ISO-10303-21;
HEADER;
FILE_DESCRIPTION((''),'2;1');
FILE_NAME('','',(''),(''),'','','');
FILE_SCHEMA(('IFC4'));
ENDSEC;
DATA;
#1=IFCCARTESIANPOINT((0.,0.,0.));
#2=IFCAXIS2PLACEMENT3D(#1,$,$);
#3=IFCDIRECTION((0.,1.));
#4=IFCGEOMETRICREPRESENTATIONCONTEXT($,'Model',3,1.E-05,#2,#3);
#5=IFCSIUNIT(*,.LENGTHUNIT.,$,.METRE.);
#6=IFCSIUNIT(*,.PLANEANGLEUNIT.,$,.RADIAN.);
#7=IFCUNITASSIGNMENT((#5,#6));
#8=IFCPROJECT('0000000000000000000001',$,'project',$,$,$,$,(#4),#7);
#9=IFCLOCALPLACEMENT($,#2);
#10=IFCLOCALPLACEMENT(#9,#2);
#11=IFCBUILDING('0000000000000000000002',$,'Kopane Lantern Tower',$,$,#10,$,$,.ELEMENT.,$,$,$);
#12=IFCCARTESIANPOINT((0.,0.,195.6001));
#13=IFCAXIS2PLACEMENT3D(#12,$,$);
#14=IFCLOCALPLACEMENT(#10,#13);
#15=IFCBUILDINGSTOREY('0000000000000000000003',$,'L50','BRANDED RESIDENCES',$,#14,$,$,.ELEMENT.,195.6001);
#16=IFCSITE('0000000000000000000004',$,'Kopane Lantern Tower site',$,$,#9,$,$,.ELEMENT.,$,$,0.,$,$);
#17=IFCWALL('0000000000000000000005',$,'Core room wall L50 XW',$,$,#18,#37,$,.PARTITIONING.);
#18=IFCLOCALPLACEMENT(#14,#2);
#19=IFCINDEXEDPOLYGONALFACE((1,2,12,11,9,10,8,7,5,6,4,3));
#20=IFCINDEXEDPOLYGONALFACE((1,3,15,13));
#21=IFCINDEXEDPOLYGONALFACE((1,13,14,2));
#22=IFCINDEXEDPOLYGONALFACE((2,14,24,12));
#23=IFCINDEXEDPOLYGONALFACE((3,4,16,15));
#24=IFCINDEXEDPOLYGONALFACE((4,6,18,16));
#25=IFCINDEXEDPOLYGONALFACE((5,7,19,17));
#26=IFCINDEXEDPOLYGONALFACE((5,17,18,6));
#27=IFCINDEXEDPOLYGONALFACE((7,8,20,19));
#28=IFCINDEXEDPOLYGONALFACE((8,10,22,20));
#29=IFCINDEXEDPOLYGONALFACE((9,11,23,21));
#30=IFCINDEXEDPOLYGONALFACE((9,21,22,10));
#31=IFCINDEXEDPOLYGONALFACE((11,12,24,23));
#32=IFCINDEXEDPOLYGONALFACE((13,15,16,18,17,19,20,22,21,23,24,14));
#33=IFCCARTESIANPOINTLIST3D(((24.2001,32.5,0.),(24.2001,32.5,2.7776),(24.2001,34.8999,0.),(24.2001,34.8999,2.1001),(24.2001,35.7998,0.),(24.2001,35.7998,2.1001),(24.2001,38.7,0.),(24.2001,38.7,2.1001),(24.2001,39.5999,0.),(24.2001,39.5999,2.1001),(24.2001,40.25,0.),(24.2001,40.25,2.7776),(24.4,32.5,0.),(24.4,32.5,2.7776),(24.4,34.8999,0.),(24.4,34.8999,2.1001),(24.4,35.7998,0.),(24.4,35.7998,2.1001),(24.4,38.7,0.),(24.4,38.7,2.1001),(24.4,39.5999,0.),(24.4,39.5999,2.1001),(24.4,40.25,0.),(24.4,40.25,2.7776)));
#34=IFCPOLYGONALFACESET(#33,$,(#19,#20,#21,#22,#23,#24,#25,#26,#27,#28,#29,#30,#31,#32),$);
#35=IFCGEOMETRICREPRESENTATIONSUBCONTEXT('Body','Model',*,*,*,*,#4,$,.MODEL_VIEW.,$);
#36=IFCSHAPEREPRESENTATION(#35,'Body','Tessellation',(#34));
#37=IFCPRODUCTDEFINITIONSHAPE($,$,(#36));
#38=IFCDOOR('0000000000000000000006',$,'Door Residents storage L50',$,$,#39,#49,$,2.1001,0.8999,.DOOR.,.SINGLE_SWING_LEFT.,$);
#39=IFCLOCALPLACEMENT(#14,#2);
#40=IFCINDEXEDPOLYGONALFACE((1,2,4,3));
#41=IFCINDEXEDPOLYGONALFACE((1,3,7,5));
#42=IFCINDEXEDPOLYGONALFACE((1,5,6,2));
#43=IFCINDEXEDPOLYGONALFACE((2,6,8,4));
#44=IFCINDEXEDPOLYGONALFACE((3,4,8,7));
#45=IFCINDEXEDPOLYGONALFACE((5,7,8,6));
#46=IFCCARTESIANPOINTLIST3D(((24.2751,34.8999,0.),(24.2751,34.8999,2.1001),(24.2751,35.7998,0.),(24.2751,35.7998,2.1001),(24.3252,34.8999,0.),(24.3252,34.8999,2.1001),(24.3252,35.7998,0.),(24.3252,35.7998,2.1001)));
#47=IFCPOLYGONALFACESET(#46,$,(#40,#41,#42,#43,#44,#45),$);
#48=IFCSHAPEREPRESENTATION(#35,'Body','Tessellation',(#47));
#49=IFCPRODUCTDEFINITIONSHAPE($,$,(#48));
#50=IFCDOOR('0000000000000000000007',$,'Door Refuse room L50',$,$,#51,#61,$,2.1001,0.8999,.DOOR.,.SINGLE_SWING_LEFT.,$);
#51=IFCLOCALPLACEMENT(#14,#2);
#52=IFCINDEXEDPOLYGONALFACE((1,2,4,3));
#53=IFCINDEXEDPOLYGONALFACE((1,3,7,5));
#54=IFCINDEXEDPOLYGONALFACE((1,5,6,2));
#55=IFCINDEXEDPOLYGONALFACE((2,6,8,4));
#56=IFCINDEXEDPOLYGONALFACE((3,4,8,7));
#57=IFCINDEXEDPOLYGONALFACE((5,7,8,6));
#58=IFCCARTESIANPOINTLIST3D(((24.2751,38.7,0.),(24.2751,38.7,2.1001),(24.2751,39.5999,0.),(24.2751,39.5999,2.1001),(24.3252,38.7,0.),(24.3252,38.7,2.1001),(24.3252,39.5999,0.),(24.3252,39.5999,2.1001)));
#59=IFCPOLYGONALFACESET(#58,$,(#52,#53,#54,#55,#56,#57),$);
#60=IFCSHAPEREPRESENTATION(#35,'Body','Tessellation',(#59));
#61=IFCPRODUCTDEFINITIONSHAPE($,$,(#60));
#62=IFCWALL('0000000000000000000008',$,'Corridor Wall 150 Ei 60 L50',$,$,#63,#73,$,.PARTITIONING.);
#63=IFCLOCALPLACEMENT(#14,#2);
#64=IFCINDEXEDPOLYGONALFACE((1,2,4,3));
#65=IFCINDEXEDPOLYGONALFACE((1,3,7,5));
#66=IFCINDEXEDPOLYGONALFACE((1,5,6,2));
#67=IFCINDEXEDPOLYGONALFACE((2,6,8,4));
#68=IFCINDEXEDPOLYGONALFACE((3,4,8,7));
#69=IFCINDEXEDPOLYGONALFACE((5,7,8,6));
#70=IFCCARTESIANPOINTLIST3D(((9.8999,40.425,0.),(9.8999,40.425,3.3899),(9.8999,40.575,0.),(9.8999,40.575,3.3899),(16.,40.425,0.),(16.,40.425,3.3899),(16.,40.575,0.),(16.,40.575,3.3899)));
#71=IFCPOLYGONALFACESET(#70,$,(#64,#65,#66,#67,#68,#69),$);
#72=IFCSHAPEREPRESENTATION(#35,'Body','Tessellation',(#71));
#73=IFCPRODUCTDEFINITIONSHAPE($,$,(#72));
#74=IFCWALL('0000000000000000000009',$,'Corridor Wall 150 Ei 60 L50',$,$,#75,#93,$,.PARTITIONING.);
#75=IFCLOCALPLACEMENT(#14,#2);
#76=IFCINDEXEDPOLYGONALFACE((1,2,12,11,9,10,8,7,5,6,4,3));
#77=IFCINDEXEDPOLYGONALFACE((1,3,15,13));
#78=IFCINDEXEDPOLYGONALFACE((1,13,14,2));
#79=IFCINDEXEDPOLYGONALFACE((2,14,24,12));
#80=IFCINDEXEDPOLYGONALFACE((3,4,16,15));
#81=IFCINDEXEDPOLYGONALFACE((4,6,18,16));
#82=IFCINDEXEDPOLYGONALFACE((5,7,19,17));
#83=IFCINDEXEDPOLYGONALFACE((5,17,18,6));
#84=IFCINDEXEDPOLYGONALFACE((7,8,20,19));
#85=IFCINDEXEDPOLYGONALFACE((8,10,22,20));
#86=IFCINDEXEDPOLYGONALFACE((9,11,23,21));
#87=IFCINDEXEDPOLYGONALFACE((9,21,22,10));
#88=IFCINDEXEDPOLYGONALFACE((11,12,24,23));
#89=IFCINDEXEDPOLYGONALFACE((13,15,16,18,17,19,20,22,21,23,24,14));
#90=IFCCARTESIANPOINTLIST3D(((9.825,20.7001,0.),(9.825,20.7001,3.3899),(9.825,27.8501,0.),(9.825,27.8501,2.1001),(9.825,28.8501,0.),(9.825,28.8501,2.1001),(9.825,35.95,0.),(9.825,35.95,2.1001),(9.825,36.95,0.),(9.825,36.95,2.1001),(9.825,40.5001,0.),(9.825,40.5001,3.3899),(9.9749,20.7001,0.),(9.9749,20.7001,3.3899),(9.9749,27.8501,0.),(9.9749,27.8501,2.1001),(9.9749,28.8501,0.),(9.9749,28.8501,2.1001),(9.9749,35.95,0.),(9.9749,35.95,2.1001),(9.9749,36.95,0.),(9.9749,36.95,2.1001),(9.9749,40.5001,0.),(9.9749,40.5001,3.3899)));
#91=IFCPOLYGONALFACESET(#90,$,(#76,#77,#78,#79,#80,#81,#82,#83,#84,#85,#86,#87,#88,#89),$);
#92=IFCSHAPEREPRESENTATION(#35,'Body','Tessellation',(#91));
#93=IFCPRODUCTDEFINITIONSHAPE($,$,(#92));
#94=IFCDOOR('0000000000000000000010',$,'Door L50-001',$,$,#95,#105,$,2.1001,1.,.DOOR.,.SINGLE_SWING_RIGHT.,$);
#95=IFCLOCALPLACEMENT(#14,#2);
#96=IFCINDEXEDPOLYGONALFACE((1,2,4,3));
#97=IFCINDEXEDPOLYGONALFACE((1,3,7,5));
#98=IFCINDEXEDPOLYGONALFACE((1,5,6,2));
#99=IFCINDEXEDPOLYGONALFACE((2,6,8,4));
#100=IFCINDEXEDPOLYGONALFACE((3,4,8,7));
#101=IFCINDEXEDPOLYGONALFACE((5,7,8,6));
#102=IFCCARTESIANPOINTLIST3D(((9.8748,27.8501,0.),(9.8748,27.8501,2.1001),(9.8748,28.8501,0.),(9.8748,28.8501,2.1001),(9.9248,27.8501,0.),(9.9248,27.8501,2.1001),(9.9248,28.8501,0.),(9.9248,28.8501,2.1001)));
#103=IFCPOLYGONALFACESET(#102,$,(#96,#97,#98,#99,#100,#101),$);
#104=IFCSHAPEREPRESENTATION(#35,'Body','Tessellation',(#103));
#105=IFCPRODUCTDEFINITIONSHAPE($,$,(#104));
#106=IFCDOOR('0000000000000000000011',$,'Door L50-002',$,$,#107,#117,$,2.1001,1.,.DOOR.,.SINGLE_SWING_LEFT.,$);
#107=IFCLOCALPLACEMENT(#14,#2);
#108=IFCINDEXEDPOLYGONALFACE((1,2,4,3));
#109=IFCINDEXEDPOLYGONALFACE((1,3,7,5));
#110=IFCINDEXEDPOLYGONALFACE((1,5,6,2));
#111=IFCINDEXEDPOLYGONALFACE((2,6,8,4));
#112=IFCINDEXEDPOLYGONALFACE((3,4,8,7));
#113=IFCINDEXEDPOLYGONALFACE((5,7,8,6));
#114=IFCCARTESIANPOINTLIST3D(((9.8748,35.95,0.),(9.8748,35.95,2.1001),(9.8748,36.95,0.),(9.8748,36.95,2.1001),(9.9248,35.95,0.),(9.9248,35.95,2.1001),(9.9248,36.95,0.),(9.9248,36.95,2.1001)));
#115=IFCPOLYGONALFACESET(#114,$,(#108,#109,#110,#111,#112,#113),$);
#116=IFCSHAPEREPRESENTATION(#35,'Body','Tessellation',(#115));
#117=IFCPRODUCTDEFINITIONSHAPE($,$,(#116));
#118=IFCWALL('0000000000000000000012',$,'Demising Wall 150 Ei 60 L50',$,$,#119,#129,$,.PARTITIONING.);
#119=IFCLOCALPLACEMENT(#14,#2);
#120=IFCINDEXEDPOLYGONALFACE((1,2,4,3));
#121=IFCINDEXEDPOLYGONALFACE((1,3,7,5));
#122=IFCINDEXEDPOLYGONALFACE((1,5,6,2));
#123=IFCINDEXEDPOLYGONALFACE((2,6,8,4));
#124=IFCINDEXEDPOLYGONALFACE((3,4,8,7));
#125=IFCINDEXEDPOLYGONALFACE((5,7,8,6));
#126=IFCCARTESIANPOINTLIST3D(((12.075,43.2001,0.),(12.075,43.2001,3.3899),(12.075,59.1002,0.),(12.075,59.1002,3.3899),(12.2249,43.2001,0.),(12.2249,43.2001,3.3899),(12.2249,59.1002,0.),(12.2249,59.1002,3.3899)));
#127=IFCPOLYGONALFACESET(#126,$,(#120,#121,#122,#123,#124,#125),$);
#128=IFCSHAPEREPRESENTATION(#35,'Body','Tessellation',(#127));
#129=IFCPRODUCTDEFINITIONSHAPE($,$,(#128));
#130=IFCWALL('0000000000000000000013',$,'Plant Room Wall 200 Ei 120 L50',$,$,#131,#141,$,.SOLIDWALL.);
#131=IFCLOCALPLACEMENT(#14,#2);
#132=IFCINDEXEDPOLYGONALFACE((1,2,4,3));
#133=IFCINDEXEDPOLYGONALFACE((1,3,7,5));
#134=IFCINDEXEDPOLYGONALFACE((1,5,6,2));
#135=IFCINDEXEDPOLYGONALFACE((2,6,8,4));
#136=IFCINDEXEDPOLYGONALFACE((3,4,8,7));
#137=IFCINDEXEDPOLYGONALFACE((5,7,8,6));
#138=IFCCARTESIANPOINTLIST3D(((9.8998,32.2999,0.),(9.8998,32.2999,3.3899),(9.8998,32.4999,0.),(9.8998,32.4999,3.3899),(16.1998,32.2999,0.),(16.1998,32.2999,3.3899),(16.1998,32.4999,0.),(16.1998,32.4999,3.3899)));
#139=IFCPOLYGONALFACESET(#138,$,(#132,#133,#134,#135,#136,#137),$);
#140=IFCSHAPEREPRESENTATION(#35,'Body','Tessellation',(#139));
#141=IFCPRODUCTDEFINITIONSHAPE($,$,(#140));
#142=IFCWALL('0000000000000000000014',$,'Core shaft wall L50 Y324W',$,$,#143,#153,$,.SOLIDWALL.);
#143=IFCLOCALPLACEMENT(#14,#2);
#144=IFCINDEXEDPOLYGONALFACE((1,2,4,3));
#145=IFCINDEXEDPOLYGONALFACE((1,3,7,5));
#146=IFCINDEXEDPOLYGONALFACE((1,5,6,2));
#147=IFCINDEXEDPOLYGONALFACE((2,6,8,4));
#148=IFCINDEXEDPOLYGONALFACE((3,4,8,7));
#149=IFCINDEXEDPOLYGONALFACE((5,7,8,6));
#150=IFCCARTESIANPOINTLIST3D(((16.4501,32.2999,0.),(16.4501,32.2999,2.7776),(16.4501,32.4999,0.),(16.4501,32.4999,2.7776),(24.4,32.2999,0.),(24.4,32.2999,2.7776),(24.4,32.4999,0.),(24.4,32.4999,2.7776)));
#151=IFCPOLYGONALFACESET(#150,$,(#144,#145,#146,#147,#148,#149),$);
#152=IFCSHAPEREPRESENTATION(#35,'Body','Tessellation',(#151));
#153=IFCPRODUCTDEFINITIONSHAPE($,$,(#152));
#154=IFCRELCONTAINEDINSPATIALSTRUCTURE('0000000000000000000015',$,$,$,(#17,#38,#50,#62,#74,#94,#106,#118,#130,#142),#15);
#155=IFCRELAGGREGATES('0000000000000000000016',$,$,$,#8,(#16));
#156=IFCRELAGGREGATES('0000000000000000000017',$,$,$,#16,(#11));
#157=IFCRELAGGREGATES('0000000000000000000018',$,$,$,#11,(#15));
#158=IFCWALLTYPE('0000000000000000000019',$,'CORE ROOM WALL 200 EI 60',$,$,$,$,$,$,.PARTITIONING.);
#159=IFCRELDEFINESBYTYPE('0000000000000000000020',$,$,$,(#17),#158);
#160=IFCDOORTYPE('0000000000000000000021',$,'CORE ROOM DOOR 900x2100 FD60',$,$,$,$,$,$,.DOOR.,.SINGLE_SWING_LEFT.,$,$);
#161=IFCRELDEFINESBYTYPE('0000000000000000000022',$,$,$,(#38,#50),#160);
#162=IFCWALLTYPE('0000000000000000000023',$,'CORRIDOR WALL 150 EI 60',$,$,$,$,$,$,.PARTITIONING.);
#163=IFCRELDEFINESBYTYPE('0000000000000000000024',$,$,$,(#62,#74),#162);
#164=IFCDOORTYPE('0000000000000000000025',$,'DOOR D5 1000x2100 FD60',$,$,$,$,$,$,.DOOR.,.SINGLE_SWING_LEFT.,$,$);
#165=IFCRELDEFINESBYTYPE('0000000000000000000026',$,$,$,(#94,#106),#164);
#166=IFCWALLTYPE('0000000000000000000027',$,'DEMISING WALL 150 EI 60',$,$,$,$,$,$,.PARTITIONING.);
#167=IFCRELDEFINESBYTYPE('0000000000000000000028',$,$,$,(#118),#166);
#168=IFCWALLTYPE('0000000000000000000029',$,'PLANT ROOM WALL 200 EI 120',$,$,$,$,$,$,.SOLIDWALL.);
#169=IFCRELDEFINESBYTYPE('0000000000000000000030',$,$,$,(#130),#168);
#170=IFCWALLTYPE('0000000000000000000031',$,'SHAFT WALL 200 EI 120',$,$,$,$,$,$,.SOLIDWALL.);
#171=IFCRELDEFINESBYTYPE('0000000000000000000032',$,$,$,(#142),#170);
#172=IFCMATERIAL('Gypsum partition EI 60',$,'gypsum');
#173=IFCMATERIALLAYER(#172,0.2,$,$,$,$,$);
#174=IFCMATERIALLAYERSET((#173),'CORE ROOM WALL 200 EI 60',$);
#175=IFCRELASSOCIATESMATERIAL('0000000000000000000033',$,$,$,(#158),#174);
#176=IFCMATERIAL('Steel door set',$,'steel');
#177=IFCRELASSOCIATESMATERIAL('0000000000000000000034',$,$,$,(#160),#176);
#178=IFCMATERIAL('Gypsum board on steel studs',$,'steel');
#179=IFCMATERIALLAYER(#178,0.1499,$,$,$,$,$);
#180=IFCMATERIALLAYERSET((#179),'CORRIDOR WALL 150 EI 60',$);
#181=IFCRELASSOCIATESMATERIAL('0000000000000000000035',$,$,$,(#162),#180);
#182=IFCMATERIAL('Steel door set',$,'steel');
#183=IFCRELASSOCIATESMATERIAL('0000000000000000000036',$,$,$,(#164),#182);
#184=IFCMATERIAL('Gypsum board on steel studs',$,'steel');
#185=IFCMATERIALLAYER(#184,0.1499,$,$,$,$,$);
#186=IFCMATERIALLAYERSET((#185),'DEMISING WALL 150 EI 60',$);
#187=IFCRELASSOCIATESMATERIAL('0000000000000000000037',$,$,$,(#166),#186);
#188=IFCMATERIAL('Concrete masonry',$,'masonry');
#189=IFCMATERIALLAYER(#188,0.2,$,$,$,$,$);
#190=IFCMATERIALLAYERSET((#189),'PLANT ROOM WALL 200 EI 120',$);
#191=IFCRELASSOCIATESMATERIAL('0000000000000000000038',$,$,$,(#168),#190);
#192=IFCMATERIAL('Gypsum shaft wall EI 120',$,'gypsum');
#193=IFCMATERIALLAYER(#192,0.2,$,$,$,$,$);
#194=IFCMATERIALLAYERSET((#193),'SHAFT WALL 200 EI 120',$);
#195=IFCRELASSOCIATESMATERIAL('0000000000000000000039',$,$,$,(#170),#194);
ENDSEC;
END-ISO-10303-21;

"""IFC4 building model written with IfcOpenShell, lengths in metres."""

from ifc_helpers import new_model, si_unit, direction, frame, frame_2d, origin, place, context, subcontext, project, spatial, rectangle, extrude, material, layer, layer_set, type_object, element, fill, save


model = new_model("IFC4")

# Units and contexts
model_context = context("Model", 3, precision=1e-05, world=origin(), true_north=direction((0.0, 1.0)))
body_context = subcontext(model_context, "Body", "Model", "MODEL_VIEW")
ifc_project = project(units=[si_unit("LENGTHUNIT", "METRE"), si_unit("PLANEANGLEUNIT", "RADIAN")], contexts=[model_context])

# Site, building, storey
site_placement = place(None, origin())
site = spatial("IfcSite", under=ifc_project, at=site_placement, Name="Kopane Lantern Tower site", CompositionType="ELEMENT", RefElevation=0.0)
building_placement = place(site_placement, origin())
building = spatial("IfcBuilding", under=site, at=building_placement, Name="Kopane Lantern Tower", CompositionType="ELEMENT")
storey_placement = place(building_placement, frame((0.0, 0.0, 195.6001)))
storey = spatial("IfcBuildingStorey", under=building, at=storey_placement, Name="L50", Description="BRANDED RESIDENCES", CompositionType="ELEMENT", Elevation=195.6001)

# Wall, openings, doors
ifc_material_1 = material(Name="Gypsum partition EI 60", Category="gypsum")
ifc_layer_1 = layer(ifc_material_1, 0.2)
ifc_layer_set_1 = layer_set([ifc_layer_1], Name="CORE ROOM WALL 200 EI 60")
wall_type_1 = type_object("IfcWallType", Name="CORE ROOM WALL 200 EI 60", PredefinedType="PARTITIONING", material=ifc_layer_set_1)
wall_1_placement = place(storey_placement, frame((24.3, 32.5, 0.0), z_axis=(0.0, 0.0, 1.0), x_axis=(0.0, 1.0, 0.0)))
wall_1 = element("IfcWall", 1, at=wall_1_placement, inside=storey, type_object=wall_type_1, Name="Core room wall L50 XW", PredefinedType="PARTITIONING", context=body_context, shape_type="SweptSolid", body=[
    extrude(rectangle(XDim=7.75, YDim=0.2, at=frame_2d((3.875, 0.0))), origin(), (0.0, 0.0, 1.0), 2.7776),
])
opening_1_placement = place(wall_1_placement, frame((2.3999, 0.0, 0.0)))
opening_1 = element("IfcOpeningElement", 2, at=opening_1_placement, cuts=wall_1, PredefinedType="OPENING", context=body_context, shape_type="SweptSolid", body=[
    extrude(rectangle(XDim=0.8999, YDim=2.1001, at=frame_2d((0.45, 1.05))), frame((0.0, 0.1099, 0.0), z_axis=(0.0, -1.0, 0.0), x_axis=(1.0, 0.0, 0.0)), (0.0, 0.0, 1.0), 0.22),
])
opening_2_placement = place(wall_1_placement, frame((6.2, 0.0, 0.0)))
opening_2 = element("IfcOpeningElement", 3, at=opening_2_placement, cuts=wall_1, PredefinedType="OPENING", context=body_context, shape_type="SweptSolid", body=[
    extrude(rectangle(XDim=0.8999, YDim=2.1001, at=frame_2d((0.45, 1.05))), frame((0.0, 0.1099, 0.0), z_axis=(0.0, -1.0, 0.0), x_axis=(1.0, 0.0, 0.0)), (0.0, 0.0, 1.0), 0.22),
])
ifc_material_2 = material(Name="Steel door set", Category="steel")
door_type_1 = type_object("IfcDoorType", Name="CORE ROOM DOOR 900x2100 FD60", OperationType="SINGLE_SWING_LEFT", PredefinedType="DOOR", material=ifc_material_2)
door_1_placement = place(opening_1_placement, origin())
door_1 = element("IfcDoor", 4, at=door_1_placement, inside=storey, type_object=door_type_1, Name="Door Residents storage L50", OperationType="SINGLE_SWING_LEFT", OverallHeight=2.1001, OverallWidth=0.8999, PredefinedType="DOOR", context=body_context, shape_type="SweptSolid", body=[
    extrude(rectangle(XDim=0.8999, YDim=2.1001, at=frame_2d((0.45, 1.05))), frame((0.0, 0.0249, 0.0), z_axis=(0.0, -1.0, 0.0), x_axis=(1.0, 0.0, 0.0)), (0.0, 0.0, 1.0), 0.05),
])
fill(opening_1, door_1)
door_2_placement = place(opening_2_placement, origin())
door_2 = element("IfcDoor", 5, at=door_2_placement, inside=storey, type_object=door_type_1, Name="Door Refuse room L50", OperationType="SINGLE_SWING_LEFT", OverallHeight=2.1001, OverallWidth=0.8999, PredefinedType="DOOR", context=body_context, shape_type="SweptSolid", body=[
    extrude(rectangle(XDim=0.8999, YDim=2.1001, at=frame_2d((0.45, 1.05))), frame((0.0, 0.0249, 0.0), z_axis=(0.0, -1.0, 0.0), x_axis=(1.0, 0.0, 0.0)), (0.0, 0.0, 1.0), 0.05),
])
fill(opening_2, door_2)

# Wall
ifc_material_3 = material(Name="Gypsum board on steel studs", Category="steel")
ifc_layer_2 = layer(ifc_material_3, 0.1499)
ifc_layer_set_2 = layer_set([ifc_layer_2], Name="CORRIDOR WALL 150 EI 60")
wall_type_2 = type_object("IfcWallType", Name="CORRIDOR WALL 150 EI 60", PredefinedType="PARTITIONING", material=ifc_layer_set_2)
wall_2_placement = place(storey_placement, frame((16.0, 40.5, 0.0), z_axis=(0.0, 0.0, 1.0), x_axis=(-1.0, 0.0, 0.0)))
element("IfcWall", 6, at=wall_2_placement, inside=storey, type_object=wall_type_2, Name="Corridor Wall 150 Ei 60 L50", PredefinedType="PARTITIONING", context=body_context, shape_type="SweptSolid", body=[
    extrude(rectangle(XDim=6.1001, YDim=0.1499, at=frame_2d((3.05, 0.0))), origin(), (0.0, 0.0, 1.0), 3.3899),
])

# Wall, openings, doors
wall_3_placement = place(storey_placement, frame((9.8999, 40.5, 0.0), z_axis=(0.0, 0.0, 1.0), x_axis=(0.0, -1.0, 0.0)))
wall_3 = element("IfcWall", 7, at=wall_3_placement, inside=storey, type_object=wall_type_2, Name="Corridor Wall 150 Ei 60 L50", PredefinedType="PARTITIONING", context=body_context, shape_type="SweptSolid", body=[
    extrude(rectangle(XDim=19.8, YDim=0.1499, at=frame_2d((9.8999, 0.0))), origin(), (0.0, 0.0, 1.0), 3.3899),
])
opening_3_placement = place(wall_3_placement, frame((11.6499, 0.0, 0.0)))
opening_3 = element("IfcOpeningElement", 8, at=opening_3_placement, cuts=wall_3, PredefinedType="OPENING", context=body_context, shape_type="SweptSolid", body=[
    extrude(rectangle(XDim=1.0, YDim=2.1001, at=frame_2d((0.5, 1.05))), frame((0.0, 0.085, 0.0), z_axis=(0.0, -1.0, 0.0), x_axis=(1.0, 0.0, 0.0)), (0.0, 0.0, 1.0), 0.1699),
])
opening_4_placement = place(wall_3_placement, frame((3.55, 0.0, 0.0)))
opening_4 = element("IfcOpeningElement", 9, at=opening_4_placement, cuts=wall_3, PredefinedType="OPENING", context=body_context, shape_type="SweptSolid", body=[
    extrude(rectangle(XDim=1.0, YDim=2.1001, at=frame_2d((0.5, 1.05))), frame((0.0, 0.085, 0.0), z_axis=(0.0, -1.0, 0.0), x_axis=(1.0, 0.0, 0.0)), (0.0, 0.0, 1.0), 0.1699),
])
ifc_material_4 = material(Name="Steel door set", Category="steel")
door_type_2 = type_object("IfcDoorType", Name="DOOR D5 1000x2100 FD60", OperationType="SINGLE_SWING_LEFT", PredefinedType="DOOR", material=ifc_material_4)
door_3_placement = place(opening_3_placement, origin())
door_3 = element("IfcDoor", 10, at=door_3_placement, inside=storey, type_object=door_type_2, Name="Door L50-001", OperationType="SINGLE_SWING_RIGHT", OverallHeight=2.1001, OverallWidth=1.0, PredefinedType="DOOR", context=body_context, shape_type="SweptSolid", body=[
    extrude(rectangle(XDim=1.0, YDim=2.1001, at=frame_2d((0.5, 1.05))), frame((0.0, 0.0249, 0.0), z_axis=(0.0, -1.0, 0.0), x_axis=(1.0, 0.0, 0.0)), (0.0, 0.0, 1.0), 0.05),
])
fill(opening_3, door_3)
door_4_placement = place(opening_4_placement, origin())
door_4 = element("IfcDoor", 11, at=door_4_placement, inside=storey, type_object=door_type_2, Name="Door L50-002", OperationType="SINGLE_SWING_LEFT", OverallHeight=2.1001, OverallWidth=1.0, PredefinedType="DOOR", context=body_context, shape_type="SweptSolid", body=[
    extrude(rectangle(XDim=1.0, YDim=2.1001, at=frame_2d((0.5, 1.05))), frame((0.0, 0.0249, 0.0), z_axis=(0.0, -1.0, 0.0), x_axis=(1.0, 0.0, 0.0)), (0.0, 0.0, 1.0), 0.05),
])
fill(opening_4, door_4)

# Walls
ifc_material_5 = material(Name="Gypsum board on steel studs", Category="steel")
ifc_layer_3 = layer(ifc_material_5, 0.1499)
ifc_layer_set_3 = layer_set([ifc_layer_3], Name="DEMISING WALL 150 EI 60")
wall_type_3 = type_object("IfcWallType", Name="DEMISING WALL 150 EI 60", PredefinedType="PARTITIONING", material=ifc_layer_set_3)
wall_4_placement = place(storey_placement, frame((12.1499, 43.2, 0.0), z_axis=(0.0, 0.0, 1.0), x_axis=(0.0, 1.0, 0.0)))
element("IfcWall", 12, at=wall_4_placement, inside=storey, type_object=wall_type_3, Name="Demising Wall 150 Ei 60 L50", PredefinedType="PARTITIONING", context=body_context, shape_type="SweptSolid", body=[
    extrude(rectangle(XDim=15.9001, YDim=0.1499, at=frame_2d((7.9502, 0.0))), origin(), (0.0, 0.0, 1.0), 3.3899),
])
ifc_material_6 = material(Name="Concrete masonry", Category="masonry")
ifc_layer_4 = layer(ifc_material_6, 0.2)
ifc_layer_set_4 = layer_set([ifc_layer_4], Name="PLANT ROOM WALL 200 EI 120")
wall_type_4 = type_object("IfcWallType", Name="PLANT ROOM WALL 200 EI 120", PredefinedType="SOLIDWALL", material=ifc_layer_set_4)
wall_5_placement = place(storey_placement, frame((9.8999, 32.3999, 0.0), z_axis=(0.0, 0.0, 1.0), x_axis=(1.0, 0.0, 0.0)))
element("IfcWall", 13, at=wall_5_placement, inside=storey, type_object=wall_type_4, Name="Plant Room Wall 200 Ei 120 L50", PredefinedType="SOLIDWALL", context=body_context, shape_type="SweptSolid", body=[
    extrude(rectangle(XDim=6.3, YDim=0.2, at=frame_2d((3.1499, 0.0))), origin(), (0.0, 0.0, 1.0), 3.3899),
])
ifc_material_7 = material(Name="Gypsum shaft wall EI 120", Category="gypsum")
ifc_layer_5 = layer(ifc_material_7, 0.2)
ifc_layer_set_5 = layer_set([ifc_layer_5], Name="SHAFT WALL 200 EI 120")
wall_type_5 = type_object("IfcWallType", Name="SHAFT WALL 200 EI 120", PredefinedType="SOLIDWALL", material=ifc_layer_set_5)
wall_6_placement = place(storey_placement, frame((16.45, 32.3999, 0.0), z_axis=(0.0, 0.0, 1.0), x_axis=(1.0, 0.0, 0.0)))
element("IfcWall", 14, at=wall_6_placement, inside=storey, type_object=wall_type_5, Name="Core shaft wall L50 Y324W", PredefinedType="SOLIDWALL", context=body_context, shape_type="SweptSolid", body=[
    extrude(rectangle(XDim=7.95, YDim=0.2, at=frame_2d((3.9751, 0.0))), origin(), (0.0, 0.0, 1.0), 2.7776),
])

save(model, "model.ifc")
